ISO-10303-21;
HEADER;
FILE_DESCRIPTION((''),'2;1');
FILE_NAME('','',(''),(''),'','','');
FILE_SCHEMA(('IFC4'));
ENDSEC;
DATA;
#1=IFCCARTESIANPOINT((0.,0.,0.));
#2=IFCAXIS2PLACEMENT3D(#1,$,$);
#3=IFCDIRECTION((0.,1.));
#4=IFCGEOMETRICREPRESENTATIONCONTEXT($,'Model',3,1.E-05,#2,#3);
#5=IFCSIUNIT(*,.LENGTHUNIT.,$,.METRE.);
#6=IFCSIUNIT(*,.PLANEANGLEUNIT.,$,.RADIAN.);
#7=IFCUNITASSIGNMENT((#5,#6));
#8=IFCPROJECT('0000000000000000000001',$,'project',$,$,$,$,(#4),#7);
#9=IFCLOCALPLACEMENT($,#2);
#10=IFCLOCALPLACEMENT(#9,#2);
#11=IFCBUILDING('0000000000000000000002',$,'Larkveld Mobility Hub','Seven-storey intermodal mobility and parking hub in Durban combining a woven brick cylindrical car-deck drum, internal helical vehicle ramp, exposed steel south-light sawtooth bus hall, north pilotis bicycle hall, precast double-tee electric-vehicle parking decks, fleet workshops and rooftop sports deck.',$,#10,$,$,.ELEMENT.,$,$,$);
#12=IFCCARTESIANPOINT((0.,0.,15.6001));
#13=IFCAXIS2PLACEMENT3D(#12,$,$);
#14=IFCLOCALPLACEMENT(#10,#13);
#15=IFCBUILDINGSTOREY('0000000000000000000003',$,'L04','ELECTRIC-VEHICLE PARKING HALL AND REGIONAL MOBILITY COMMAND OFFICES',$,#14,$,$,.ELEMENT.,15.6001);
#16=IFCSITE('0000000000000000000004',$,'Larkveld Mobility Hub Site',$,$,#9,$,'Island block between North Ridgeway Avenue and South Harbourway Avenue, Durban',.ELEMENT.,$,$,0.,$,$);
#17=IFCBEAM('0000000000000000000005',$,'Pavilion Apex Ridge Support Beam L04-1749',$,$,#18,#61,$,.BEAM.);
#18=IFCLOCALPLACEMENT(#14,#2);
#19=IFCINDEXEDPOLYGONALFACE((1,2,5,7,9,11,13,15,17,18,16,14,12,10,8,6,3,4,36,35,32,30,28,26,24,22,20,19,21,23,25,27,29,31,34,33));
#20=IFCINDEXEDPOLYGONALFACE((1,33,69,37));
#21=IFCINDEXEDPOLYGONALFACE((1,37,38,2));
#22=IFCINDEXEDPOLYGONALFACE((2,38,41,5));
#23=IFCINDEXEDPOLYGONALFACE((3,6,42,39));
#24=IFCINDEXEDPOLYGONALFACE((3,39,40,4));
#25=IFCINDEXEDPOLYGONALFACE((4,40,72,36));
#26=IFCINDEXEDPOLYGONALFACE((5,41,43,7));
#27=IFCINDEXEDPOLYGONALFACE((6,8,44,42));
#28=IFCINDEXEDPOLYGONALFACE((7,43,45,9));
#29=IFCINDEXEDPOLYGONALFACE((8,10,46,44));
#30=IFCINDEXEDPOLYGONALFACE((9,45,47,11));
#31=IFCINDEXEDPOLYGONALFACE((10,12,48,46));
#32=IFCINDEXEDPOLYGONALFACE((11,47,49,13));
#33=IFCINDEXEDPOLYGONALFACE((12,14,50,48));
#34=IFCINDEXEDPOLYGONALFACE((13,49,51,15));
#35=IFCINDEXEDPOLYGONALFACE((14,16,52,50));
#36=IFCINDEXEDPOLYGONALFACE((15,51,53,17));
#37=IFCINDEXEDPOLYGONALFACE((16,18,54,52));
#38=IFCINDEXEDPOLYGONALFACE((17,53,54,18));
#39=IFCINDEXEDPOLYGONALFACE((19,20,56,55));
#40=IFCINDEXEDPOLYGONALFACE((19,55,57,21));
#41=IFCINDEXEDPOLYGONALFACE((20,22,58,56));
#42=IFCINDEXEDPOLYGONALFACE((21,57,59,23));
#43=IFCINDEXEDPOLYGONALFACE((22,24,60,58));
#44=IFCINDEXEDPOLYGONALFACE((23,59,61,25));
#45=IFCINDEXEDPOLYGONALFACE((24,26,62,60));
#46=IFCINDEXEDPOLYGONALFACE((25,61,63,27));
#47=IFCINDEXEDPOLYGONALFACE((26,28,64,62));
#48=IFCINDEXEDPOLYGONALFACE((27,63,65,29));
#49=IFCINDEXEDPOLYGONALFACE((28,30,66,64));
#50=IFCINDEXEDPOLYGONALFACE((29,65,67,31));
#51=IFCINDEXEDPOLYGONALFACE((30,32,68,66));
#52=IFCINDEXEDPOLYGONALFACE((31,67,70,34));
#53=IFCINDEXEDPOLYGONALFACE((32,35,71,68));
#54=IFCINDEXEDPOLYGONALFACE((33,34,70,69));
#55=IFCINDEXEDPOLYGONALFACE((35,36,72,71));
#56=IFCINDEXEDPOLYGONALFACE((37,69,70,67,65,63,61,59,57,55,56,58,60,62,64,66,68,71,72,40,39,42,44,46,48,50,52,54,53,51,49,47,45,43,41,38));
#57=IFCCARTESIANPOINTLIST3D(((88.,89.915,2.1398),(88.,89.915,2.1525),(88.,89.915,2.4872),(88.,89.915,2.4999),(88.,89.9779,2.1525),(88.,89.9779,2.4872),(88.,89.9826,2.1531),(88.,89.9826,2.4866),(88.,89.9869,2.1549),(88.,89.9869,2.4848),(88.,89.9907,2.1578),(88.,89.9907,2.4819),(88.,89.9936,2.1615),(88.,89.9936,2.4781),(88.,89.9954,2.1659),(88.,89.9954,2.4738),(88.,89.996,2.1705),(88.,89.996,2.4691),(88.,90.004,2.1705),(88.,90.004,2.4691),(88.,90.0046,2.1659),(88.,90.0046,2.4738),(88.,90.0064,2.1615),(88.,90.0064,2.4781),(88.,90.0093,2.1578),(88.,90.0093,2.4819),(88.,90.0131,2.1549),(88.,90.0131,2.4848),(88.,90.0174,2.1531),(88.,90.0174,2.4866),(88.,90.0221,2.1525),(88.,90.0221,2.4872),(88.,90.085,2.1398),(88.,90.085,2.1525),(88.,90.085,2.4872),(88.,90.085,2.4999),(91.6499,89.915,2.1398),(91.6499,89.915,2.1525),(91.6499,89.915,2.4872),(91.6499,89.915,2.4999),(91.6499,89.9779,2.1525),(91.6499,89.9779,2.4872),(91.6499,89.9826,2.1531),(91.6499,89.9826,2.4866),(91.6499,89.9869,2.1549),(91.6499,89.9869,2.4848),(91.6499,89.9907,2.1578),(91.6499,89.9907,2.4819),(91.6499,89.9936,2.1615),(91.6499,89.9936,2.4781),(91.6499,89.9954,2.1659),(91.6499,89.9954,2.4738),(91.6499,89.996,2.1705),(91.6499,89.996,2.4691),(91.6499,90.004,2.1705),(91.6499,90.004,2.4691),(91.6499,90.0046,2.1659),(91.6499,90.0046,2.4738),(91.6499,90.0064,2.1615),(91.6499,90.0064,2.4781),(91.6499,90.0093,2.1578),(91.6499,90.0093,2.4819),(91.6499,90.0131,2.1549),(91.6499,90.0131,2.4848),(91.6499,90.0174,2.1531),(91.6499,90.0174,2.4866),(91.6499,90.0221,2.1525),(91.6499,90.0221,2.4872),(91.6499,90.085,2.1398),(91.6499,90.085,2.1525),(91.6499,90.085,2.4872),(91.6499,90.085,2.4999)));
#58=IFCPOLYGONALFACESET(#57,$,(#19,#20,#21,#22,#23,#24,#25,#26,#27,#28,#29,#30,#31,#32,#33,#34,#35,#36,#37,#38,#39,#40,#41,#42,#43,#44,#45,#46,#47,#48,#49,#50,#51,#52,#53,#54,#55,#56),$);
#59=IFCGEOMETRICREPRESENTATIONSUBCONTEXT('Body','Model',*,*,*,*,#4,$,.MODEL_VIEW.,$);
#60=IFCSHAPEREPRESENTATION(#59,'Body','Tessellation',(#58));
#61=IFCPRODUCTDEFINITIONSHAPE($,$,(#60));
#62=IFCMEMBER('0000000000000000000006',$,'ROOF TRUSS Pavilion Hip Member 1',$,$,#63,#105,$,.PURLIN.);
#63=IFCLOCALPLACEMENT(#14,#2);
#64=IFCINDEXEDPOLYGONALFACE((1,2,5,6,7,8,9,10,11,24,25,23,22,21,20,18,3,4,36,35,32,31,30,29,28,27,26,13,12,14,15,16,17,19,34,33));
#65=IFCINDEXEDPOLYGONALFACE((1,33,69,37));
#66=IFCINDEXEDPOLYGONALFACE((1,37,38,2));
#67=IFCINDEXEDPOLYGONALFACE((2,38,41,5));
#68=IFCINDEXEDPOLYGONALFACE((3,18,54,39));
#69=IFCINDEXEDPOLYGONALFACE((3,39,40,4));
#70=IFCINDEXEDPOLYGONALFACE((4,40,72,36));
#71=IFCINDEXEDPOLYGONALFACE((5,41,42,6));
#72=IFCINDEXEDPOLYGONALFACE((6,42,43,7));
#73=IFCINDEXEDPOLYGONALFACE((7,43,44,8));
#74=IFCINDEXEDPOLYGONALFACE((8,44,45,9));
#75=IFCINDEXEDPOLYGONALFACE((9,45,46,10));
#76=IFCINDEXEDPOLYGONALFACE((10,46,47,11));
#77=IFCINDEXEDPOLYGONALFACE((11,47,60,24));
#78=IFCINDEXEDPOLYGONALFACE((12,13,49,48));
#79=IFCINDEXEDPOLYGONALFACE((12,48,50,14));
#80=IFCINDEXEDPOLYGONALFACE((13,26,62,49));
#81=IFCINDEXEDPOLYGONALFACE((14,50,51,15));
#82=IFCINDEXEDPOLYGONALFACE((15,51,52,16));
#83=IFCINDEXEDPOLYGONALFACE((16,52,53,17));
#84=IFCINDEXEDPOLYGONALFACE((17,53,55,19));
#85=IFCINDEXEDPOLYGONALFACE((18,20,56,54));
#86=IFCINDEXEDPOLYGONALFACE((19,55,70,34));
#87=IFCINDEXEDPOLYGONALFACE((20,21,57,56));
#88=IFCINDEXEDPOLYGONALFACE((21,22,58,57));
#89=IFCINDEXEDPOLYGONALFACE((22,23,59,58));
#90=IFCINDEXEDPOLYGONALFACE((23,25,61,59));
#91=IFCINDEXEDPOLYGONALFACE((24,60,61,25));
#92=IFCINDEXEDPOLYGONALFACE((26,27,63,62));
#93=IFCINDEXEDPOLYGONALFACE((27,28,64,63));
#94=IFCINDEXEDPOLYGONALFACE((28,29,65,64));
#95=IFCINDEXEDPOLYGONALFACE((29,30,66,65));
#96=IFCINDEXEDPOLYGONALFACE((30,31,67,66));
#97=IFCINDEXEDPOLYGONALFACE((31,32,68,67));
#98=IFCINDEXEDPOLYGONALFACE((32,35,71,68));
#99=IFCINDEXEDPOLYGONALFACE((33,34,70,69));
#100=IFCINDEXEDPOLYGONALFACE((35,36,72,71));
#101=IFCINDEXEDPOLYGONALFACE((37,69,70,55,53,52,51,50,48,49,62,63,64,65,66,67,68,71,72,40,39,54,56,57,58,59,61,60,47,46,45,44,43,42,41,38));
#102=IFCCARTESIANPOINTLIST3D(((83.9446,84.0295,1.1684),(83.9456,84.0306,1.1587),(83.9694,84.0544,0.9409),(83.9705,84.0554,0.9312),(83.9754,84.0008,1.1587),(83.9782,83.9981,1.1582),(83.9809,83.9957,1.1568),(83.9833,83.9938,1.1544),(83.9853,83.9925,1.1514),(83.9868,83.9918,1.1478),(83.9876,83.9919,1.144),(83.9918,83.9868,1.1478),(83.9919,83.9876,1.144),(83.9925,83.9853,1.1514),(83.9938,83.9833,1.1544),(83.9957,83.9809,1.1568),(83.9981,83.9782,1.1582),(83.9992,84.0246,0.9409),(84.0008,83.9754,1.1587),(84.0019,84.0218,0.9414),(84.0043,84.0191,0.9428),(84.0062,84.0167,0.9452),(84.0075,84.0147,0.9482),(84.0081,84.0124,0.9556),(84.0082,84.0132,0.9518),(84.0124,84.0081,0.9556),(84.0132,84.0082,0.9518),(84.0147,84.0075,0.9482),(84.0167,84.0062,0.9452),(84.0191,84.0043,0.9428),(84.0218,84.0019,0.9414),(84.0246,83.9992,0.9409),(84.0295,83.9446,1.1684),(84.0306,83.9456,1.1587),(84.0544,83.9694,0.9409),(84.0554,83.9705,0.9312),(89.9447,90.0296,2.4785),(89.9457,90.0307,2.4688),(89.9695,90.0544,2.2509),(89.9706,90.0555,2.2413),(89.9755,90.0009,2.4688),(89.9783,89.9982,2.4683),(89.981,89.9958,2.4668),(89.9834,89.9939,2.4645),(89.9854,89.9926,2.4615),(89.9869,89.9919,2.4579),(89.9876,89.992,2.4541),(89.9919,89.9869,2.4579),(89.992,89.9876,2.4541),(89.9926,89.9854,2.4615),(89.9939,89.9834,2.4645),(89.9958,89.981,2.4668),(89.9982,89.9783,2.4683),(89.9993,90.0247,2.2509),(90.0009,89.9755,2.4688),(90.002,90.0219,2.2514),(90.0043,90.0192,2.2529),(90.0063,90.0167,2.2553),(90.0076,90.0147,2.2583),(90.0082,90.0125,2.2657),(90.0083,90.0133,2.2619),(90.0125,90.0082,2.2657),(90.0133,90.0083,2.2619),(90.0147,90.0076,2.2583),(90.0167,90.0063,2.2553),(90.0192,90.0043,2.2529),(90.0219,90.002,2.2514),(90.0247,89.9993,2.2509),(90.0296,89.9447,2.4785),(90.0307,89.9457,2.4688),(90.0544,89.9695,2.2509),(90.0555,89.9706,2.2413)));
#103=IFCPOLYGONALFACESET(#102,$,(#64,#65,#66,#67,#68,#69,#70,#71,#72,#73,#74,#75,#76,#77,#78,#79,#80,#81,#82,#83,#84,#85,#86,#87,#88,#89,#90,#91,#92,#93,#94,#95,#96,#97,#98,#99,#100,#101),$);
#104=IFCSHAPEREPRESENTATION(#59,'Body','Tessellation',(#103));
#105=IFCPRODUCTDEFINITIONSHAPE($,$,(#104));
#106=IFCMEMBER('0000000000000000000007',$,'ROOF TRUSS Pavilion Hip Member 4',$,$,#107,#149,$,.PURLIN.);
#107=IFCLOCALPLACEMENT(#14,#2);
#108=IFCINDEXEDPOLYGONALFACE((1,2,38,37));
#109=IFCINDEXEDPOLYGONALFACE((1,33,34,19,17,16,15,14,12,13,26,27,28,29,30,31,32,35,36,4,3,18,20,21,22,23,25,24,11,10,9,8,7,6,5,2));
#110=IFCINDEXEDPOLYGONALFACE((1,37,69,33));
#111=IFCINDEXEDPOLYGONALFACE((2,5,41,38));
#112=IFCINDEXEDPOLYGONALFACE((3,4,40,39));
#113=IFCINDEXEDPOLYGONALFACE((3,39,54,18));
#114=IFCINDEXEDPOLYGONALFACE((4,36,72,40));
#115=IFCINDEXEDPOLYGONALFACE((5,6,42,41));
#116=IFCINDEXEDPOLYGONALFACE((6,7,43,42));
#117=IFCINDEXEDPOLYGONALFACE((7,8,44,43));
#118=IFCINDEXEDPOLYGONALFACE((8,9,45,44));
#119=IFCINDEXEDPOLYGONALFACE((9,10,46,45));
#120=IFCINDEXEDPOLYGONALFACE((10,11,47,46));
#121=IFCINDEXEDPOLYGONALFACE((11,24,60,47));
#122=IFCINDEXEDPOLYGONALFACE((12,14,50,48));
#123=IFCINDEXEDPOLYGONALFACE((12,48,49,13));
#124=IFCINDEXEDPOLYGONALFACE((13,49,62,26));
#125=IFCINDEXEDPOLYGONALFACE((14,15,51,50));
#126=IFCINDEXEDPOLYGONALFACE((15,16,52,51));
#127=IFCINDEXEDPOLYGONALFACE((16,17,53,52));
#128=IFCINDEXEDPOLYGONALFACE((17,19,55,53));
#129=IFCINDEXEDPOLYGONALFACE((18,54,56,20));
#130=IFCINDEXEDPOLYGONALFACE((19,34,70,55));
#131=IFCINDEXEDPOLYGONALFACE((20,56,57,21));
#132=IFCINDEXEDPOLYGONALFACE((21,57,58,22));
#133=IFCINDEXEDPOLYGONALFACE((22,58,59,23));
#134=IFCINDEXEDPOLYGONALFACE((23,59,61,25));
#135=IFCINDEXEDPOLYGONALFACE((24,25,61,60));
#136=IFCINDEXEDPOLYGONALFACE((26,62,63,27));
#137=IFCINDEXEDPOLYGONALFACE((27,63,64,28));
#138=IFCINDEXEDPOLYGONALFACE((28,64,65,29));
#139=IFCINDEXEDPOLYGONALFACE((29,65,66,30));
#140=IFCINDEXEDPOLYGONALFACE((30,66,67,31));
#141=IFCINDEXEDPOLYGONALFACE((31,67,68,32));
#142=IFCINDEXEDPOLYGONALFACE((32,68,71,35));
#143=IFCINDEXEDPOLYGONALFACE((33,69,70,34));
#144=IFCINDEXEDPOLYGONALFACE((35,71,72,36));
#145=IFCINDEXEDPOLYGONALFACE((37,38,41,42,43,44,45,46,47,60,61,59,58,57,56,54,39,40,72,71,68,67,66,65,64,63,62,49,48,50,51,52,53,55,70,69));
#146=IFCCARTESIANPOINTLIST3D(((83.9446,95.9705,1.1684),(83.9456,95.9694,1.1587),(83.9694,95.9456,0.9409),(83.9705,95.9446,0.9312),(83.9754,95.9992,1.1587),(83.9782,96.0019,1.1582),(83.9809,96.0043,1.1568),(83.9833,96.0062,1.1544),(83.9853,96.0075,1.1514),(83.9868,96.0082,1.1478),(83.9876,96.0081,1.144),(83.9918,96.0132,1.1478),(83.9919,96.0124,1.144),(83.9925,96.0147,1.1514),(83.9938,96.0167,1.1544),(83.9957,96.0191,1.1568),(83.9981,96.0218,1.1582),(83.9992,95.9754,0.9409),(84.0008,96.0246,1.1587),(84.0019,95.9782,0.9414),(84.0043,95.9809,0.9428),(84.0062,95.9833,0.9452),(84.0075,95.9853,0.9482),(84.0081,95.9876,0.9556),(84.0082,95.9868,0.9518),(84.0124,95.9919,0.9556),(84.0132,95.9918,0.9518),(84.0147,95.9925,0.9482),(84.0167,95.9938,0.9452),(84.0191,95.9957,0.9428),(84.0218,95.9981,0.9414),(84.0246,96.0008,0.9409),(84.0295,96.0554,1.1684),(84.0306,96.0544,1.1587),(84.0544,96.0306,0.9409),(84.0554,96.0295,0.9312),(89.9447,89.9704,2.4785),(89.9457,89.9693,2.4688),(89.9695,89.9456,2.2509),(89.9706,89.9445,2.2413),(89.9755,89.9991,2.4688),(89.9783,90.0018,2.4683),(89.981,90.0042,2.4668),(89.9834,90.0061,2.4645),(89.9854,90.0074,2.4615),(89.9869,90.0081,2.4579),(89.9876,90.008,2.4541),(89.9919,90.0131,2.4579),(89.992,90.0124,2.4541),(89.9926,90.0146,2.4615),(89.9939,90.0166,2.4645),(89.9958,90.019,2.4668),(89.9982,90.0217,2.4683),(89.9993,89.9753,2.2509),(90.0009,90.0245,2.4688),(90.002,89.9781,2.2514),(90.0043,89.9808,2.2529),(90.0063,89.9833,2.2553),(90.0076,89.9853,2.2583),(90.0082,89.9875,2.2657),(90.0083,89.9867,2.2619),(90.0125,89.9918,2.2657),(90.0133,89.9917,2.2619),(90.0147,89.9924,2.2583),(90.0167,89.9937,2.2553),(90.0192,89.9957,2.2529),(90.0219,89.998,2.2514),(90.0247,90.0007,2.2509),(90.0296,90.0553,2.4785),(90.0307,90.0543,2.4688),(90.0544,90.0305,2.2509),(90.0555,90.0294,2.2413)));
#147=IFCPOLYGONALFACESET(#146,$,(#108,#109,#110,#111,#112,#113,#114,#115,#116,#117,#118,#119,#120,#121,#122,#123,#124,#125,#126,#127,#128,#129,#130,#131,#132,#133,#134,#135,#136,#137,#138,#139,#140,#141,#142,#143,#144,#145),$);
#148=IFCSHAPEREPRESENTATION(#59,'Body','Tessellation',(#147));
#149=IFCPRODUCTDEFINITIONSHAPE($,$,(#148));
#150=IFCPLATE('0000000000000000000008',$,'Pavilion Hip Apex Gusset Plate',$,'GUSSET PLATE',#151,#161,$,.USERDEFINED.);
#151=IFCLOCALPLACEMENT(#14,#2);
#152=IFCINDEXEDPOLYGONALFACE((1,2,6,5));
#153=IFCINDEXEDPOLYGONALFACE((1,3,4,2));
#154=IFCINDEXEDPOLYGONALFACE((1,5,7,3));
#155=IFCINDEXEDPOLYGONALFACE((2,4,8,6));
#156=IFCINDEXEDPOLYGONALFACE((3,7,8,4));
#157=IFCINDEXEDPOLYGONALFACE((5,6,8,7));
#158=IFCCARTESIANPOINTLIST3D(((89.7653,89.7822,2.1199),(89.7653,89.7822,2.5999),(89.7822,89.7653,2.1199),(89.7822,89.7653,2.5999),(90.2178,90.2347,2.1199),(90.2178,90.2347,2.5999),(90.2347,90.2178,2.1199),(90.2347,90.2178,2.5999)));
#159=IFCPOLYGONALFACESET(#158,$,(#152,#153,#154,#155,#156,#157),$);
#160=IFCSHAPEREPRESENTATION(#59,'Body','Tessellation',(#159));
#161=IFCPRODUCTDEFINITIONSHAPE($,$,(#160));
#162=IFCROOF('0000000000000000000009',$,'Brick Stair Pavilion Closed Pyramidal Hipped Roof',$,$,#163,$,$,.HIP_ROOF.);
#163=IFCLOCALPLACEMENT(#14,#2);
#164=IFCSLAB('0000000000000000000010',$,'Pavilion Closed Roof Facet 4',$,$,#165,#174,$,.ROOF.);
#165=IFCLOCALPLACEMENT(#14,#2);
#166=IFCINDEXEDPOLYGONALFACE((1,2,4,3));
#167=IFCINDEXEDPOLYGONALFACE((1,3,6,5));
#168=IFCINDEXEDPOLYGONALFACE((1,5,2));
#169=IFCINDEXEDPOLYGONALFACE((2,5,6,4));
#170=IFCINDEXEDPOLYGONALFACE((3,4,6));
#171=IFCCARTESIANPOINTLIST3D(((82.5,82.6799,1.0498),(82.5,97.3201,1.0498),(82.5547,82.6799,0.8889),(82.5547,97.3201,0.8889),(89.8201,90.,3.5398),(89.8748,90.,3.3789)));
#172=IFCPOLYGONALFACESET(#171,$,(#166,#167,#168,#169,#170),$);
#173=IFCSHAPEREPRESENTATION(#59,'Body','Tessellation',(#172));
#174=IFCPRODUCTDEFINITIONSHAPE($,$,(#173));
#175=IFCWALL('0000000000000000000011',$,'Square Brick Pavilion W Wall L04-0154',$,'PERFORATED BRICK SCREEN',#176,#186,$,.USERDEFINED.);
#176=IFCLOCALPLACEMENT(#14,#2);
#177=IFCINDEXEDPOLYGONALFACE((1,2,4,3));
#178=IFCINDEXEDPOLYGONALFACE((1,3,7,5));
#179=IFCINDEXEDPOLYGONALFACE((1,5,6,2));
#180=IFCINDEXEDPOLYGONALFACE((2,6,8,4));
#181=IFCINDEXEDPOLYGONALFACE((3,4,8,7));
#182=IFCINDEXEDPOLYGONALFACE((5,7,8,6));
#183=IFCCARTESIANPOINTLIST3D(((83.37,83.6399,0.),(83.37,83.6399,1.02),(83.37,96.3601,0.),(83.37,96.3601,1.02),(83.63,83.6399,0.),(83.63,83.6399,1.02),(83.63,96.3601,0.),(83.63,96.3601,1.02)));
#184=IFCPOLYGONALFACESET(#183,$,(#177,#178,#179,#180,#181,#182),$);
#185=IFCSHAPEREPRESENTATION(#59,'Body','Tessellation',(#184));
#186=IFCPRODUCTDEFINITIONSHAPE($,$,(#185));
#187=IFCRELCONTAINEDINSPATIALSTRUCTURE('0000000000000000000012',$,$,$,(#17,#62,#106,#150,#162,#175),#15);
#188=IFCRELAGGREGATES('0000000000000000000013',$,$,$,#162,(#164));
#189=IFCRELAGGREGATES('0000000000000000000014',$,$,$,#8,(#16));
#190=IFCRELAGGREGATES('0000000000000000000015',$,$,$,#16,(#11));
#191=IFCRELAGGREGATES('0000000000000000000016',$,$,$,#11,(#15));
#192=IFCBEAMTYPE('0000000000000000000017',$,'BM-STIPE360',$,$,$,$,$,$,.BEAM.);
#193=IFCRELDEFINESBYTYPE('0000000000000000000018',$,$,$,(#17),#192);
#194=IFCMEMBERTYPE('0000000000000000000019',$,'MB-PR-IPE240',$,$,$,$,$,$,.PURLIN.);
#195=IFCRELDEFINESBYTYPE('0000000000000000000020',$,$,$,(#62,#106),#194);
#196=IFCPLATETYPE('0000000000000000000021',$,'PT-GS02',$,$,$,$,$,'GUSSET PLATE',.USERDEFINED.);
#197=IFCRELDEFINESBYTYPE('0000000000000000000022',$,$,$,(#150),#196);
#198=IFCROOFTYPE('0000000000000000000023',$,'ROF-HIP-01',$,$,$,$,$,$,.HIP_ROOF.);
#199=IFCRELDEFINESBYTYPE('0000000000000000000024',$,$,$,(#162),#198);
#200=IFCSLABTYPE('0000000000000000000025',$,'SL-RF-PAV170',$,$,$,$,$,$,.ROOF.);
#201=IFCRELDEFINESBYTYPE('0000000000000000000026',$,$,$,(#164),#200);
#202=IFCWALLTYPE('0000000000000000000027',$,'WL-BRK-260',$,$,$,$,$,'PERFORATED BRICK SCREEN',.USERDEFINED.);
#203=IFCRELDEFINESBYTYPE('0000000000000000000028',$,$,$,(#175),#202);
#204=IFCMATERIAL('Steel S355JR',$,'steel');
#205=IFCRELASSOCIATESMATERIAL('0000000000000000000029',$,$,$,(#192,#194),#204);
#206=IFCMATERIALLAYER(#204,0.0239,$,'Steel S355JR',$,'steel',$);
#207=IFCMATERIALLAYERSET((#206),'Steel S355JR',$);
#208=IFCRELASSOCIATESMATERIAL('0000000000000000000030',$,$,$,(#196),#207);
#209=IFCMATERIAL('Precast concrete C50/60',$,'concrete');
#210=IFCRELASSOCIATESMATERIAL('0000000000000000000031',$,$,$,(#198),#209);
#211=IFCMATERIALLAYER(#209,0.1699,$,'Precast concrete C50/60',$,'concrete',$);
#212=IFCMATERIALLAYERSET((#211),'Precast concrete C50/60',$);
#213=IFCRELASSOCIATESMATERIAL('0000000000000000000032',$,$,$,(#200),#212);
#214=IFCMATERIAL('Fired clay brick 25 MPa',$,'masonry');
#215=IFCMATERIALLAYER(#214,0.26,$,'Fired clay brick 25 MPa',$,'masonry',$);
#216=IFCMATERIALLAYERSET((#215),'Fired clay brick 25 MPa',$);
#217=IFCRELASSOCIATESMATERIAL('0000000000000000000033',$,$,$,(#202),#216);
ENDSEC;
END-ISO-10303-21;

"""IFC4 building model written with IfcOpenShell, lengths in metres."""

from ifc_helpers import new_model, si_unit, direction, frame, frame_2d, origin, origin_2d, place, context, subcontext, project, spatial, polyline, rectangle, i_section, outline, extrude, material, layer, layer_set, material_profile, profile_set, type_object, element, aggregate, save


model = new_model("IFC4")

# Units and contexts
model_context = context("Model", 3, precision=1e-05, world=origin(), true_north=direction((0.0, 1.0)))
body_context = subcontext(model_context, "Body", "Model", "MODEL_VIEW")
ifc_project = project(units=[si_unit("LENGTHUNIT", "METRE"), si_unit("PLANEANGLEUNIT", "RADIAN")], contexts=[model_context])

# Site, building, storey
site_placement = place(None, origin())
site = spatial("IfcSite", under=ifc_project, at=site_placement, Name="Larkveld Mobility Hub Site", LongName="Island block between North Ridgeway Avenue and South Harbourway Avenue, Durban", CompositionType="ELEMENT", RefElevation=0.0)
building_placement = place(site_placement, origin())
building = spatial("IfcBuilding", under=site, at=building_placement, Name="Larkveld Mobility Hub", Description="Seven-storey intermodal mobility and parking hub in Durban combining a woven brick cylindrical car-deck drum, internal helical vehicle ramp, exposed steel south-light sawtooth bus hall, north pilotis bicycle hall, precast double-tee electric-vehicle parking decks, fleet workshops and rooftop sports deck.", CompositionType="ELEMENT")
storey_placement = place(building_placement, frame((0.0, 0.0, 15.6001)))
storey = spatial("IfcBuildingStorey", under=building, at=storey_placement, Name="L04", Description="ELECTRIC-VEHICLE PARKING HALL AND REGIONAL MOBILITY COMMAND OFFICES", CompositionType="ELEMENT", Elevation=15.6001)

# Beam
ifc_material_1 = material(Name="Steel S355JR", Category="steel")
ifc_material_profile_1 = material_profile(ifc_material_1, i_section(OverallWidth=0.1699, OverallDepth=0.3601, WebThickness=0.0081, FlangeThickness=0.0127, FilletRadius=0.0181, at=origin_2d()), Name="IPE 360")
ifc_profile_set_1 = profile_set([ifc_material_profile_1], Name="Steel S355JR")
beam_type_1 = type_object("IfcBeamType", Name="BM-STIPE360", PredefinedType="BEAM", material=ifc_profile_set_1)
beam_placement = place(storey_placement, frame((88.0, 90.0, 2.3198), z_axis=(1.0, 0.0, 0.0), x_axis=(0.0, 1.0, 0.0)))
element("IfcBeam", 1, at=beam_placement, inside=storey, type_object=beam_type_1, Name="Pavilion Apex Ridge Support Beam L04-1749", PredefinedType="BEAM", context=body_context, shape_type="SweptSolid", body=[
    extrude(i_section(OverallWidth=0.1699, OverallDepth=0.3601, WebThickness=0.0081, FlangeThickness=0.0127, FilletRadius=0.0181, at=origin_2d()), origin(), (0.0, 0.0, 1.0), 3.6499),
])

# Members
ifc_material_profile_2 = material_profile(ifc_material_1, i_section(OverallWidth=0.1201, OverallDepth=0.24, WebThickness=0.0061, FlangeThickness=0.0098, FilletRadius=0.0149, at=origin_2d()), Name="IPE 240")
ifc_profile_set_2 = profile_set([ifc_material_profile_2], Name="Steel S355JR")
member_type = type_object("IfcMemberType", Name="MB-PR-IPE240", PredefinedType="PURLIN", material=ifc_profile_set_2)
for number, where, z_axis, x_axis, name in (
    (2, (84.0, 84.0, 1.0498), (0.698827, 0.698827, 0.152584), (-0.707107, 0.707107, 0.0), "ROOF TRUSS Pavilion Hip Member 1"),
    (3, (84.0, 96.0, 1.0498), (0.698827, -0.698827, 0.152584), (0.707107, 0.707107, 0.0), "ROOF TRUSS Pavilion Hip Member 4"),
):
    element("IfcMember", number, at=place(storey_placement, frame(where, z_axis=z_axis, x_axis=x_axis)), inside=storey, type_object=member_type, Name=name, PredefinedType="PURLIN", context=body_context, shape_type="SweptSolid", body=[
        extrude(i_section(OverallWidth=0.1201, OverallDepth=0.24, WebThickness=0.0061, FlangeThickness=0.0098, FilletRadius=0.0149, at=origin_2d()), origin(), (0.0, 0.0, 1.0), 8.5859),
    ])

# Plate
ifc_layer_1 = layer(ifc_material_1, 0.0239, Name="Steel S355JR", Category="steel")
ifc_layer_set_1 = layer_set([ifc_layer_1], Name="Steel S355JR")
plate_type = type_object("IfcPlateType", Name="PT-GS02", ElementType="GUSSET PLATE", PredefinedType="USERDEFINED", material=ifc_layer_set_1)
plate_placement = place(storey_placement, frame((90.0, 90.0, 2.1199), z_axis=(0.0, 0.0, 1.0), x_axis=(0.707107, 0.707107, 0.0)))
element("IfcPlate", 4, at=plate_placement, inside=storey, type_object=plate_type, Name="Pavilion Hip Apex Gusset Plate", ObjectType="GUSSET PLATE", PredefinedType="USERDEFINED", context=body_context, shape_type="SweptSolid", body=[
    extrude(rectangle(XDim=0.6399, YDim=0.0239, at=origin_2d()), origin(), (0.0, 0.0, 1.0), 0.48),
])

# Roof, slab
ifc_material_2 = material(Name="Precast concrete C50/60", Category="concrete")
roof_type = type_object("IfcRoofType", Name="ROF-HIP-01", PredefinedType="HIP_ROOF", material=ifc_material_2)
roof_placement = place(storey_placement, origin())
roof = element("IfcRoof", 5, at=roof_placement, inside=storey, type_object=roof_type, Name="Brick Stair Pavilion Closed Pyramidal Hipped Roof", PredefinedType="HIP_ROOF")
ifc_layer_2 = layer(ifc_material_2, 0.1699, Name="Precast concrete C50/60", Category="concrete")
ifc_layer_set_2 = layer_set([ifc_layer_2], Name="Precast concrete C50/60")
slab_type = type_object("IfcSlabType", Name="SL-RF-PAV170", PredefinedType="ROOF", material=ifc_layer_set_2)
slab_placement = place(storey_placement, frame((82.5, 97.3201, 1.0498), z_axis=(-0.322038, 0.0, 0.946727), x_axis=(0.0, -1.0, 0.0)))
slab = element("IfcSlab", 6, at=slab_placement, type_object=slab_type, Name="Pavilion Closed Roof Facet 4", PredefinedType="ROOF", context=body_context, shape_type="SweptSolid", body=[
    extrude(outline(polyline([(0.0, 0.0), (14.6401, 0.0), (7.3201, 7.732), (0.0, 0.0)])), origin(), (0.0, 0.0, -1.0), 0.1699),
])
aggregate(roof, [slab])

# Wall
ifc_material_3 = material(Name="Fired clay brick 25 MPa", Category="masonry")
ifc_layer_3 = layer(ifc_material_3, 0.26, Name="Fired clay brick 25 MPa", Category="masonry")
ifc_layer_set_3 = layer_set([ifc_layer_3], Name="Fired clay brick 25 MPa")
wall_type_1 = type_object("IfcWallType", Name="WL-BRK-260", ElementType="PERFORATED BRICK SCREEN", PredefinedType="USERDEFINED", material=ifc_layer_set_3)
wall_1_placement = place(storey_placement, frame((83.5, 96.3601, 0.0), z_axis=(0.0, 0.0, 1.0), x_axis=(0.0, -1.0, 0.0)))
element("IfcWall", 7, at=wall_1_placement, inside=storey, type_object=wall_type_1, Name="Square Brick Pavilion W Wall L04-0154", ObjectType="PERFORATED BRICK SCREEN", PredefinedType="USERDEFINED", context=body_context, shape_type="SweptSolid", body=[
    extrude(rectangle(XDim=12.7202, YDim=0.26, at=frame_2d((6.3601, 0.0))), origin(), (0.0, 0.0, 1.0), 1.02),
])

save(model, "model.ifc")
